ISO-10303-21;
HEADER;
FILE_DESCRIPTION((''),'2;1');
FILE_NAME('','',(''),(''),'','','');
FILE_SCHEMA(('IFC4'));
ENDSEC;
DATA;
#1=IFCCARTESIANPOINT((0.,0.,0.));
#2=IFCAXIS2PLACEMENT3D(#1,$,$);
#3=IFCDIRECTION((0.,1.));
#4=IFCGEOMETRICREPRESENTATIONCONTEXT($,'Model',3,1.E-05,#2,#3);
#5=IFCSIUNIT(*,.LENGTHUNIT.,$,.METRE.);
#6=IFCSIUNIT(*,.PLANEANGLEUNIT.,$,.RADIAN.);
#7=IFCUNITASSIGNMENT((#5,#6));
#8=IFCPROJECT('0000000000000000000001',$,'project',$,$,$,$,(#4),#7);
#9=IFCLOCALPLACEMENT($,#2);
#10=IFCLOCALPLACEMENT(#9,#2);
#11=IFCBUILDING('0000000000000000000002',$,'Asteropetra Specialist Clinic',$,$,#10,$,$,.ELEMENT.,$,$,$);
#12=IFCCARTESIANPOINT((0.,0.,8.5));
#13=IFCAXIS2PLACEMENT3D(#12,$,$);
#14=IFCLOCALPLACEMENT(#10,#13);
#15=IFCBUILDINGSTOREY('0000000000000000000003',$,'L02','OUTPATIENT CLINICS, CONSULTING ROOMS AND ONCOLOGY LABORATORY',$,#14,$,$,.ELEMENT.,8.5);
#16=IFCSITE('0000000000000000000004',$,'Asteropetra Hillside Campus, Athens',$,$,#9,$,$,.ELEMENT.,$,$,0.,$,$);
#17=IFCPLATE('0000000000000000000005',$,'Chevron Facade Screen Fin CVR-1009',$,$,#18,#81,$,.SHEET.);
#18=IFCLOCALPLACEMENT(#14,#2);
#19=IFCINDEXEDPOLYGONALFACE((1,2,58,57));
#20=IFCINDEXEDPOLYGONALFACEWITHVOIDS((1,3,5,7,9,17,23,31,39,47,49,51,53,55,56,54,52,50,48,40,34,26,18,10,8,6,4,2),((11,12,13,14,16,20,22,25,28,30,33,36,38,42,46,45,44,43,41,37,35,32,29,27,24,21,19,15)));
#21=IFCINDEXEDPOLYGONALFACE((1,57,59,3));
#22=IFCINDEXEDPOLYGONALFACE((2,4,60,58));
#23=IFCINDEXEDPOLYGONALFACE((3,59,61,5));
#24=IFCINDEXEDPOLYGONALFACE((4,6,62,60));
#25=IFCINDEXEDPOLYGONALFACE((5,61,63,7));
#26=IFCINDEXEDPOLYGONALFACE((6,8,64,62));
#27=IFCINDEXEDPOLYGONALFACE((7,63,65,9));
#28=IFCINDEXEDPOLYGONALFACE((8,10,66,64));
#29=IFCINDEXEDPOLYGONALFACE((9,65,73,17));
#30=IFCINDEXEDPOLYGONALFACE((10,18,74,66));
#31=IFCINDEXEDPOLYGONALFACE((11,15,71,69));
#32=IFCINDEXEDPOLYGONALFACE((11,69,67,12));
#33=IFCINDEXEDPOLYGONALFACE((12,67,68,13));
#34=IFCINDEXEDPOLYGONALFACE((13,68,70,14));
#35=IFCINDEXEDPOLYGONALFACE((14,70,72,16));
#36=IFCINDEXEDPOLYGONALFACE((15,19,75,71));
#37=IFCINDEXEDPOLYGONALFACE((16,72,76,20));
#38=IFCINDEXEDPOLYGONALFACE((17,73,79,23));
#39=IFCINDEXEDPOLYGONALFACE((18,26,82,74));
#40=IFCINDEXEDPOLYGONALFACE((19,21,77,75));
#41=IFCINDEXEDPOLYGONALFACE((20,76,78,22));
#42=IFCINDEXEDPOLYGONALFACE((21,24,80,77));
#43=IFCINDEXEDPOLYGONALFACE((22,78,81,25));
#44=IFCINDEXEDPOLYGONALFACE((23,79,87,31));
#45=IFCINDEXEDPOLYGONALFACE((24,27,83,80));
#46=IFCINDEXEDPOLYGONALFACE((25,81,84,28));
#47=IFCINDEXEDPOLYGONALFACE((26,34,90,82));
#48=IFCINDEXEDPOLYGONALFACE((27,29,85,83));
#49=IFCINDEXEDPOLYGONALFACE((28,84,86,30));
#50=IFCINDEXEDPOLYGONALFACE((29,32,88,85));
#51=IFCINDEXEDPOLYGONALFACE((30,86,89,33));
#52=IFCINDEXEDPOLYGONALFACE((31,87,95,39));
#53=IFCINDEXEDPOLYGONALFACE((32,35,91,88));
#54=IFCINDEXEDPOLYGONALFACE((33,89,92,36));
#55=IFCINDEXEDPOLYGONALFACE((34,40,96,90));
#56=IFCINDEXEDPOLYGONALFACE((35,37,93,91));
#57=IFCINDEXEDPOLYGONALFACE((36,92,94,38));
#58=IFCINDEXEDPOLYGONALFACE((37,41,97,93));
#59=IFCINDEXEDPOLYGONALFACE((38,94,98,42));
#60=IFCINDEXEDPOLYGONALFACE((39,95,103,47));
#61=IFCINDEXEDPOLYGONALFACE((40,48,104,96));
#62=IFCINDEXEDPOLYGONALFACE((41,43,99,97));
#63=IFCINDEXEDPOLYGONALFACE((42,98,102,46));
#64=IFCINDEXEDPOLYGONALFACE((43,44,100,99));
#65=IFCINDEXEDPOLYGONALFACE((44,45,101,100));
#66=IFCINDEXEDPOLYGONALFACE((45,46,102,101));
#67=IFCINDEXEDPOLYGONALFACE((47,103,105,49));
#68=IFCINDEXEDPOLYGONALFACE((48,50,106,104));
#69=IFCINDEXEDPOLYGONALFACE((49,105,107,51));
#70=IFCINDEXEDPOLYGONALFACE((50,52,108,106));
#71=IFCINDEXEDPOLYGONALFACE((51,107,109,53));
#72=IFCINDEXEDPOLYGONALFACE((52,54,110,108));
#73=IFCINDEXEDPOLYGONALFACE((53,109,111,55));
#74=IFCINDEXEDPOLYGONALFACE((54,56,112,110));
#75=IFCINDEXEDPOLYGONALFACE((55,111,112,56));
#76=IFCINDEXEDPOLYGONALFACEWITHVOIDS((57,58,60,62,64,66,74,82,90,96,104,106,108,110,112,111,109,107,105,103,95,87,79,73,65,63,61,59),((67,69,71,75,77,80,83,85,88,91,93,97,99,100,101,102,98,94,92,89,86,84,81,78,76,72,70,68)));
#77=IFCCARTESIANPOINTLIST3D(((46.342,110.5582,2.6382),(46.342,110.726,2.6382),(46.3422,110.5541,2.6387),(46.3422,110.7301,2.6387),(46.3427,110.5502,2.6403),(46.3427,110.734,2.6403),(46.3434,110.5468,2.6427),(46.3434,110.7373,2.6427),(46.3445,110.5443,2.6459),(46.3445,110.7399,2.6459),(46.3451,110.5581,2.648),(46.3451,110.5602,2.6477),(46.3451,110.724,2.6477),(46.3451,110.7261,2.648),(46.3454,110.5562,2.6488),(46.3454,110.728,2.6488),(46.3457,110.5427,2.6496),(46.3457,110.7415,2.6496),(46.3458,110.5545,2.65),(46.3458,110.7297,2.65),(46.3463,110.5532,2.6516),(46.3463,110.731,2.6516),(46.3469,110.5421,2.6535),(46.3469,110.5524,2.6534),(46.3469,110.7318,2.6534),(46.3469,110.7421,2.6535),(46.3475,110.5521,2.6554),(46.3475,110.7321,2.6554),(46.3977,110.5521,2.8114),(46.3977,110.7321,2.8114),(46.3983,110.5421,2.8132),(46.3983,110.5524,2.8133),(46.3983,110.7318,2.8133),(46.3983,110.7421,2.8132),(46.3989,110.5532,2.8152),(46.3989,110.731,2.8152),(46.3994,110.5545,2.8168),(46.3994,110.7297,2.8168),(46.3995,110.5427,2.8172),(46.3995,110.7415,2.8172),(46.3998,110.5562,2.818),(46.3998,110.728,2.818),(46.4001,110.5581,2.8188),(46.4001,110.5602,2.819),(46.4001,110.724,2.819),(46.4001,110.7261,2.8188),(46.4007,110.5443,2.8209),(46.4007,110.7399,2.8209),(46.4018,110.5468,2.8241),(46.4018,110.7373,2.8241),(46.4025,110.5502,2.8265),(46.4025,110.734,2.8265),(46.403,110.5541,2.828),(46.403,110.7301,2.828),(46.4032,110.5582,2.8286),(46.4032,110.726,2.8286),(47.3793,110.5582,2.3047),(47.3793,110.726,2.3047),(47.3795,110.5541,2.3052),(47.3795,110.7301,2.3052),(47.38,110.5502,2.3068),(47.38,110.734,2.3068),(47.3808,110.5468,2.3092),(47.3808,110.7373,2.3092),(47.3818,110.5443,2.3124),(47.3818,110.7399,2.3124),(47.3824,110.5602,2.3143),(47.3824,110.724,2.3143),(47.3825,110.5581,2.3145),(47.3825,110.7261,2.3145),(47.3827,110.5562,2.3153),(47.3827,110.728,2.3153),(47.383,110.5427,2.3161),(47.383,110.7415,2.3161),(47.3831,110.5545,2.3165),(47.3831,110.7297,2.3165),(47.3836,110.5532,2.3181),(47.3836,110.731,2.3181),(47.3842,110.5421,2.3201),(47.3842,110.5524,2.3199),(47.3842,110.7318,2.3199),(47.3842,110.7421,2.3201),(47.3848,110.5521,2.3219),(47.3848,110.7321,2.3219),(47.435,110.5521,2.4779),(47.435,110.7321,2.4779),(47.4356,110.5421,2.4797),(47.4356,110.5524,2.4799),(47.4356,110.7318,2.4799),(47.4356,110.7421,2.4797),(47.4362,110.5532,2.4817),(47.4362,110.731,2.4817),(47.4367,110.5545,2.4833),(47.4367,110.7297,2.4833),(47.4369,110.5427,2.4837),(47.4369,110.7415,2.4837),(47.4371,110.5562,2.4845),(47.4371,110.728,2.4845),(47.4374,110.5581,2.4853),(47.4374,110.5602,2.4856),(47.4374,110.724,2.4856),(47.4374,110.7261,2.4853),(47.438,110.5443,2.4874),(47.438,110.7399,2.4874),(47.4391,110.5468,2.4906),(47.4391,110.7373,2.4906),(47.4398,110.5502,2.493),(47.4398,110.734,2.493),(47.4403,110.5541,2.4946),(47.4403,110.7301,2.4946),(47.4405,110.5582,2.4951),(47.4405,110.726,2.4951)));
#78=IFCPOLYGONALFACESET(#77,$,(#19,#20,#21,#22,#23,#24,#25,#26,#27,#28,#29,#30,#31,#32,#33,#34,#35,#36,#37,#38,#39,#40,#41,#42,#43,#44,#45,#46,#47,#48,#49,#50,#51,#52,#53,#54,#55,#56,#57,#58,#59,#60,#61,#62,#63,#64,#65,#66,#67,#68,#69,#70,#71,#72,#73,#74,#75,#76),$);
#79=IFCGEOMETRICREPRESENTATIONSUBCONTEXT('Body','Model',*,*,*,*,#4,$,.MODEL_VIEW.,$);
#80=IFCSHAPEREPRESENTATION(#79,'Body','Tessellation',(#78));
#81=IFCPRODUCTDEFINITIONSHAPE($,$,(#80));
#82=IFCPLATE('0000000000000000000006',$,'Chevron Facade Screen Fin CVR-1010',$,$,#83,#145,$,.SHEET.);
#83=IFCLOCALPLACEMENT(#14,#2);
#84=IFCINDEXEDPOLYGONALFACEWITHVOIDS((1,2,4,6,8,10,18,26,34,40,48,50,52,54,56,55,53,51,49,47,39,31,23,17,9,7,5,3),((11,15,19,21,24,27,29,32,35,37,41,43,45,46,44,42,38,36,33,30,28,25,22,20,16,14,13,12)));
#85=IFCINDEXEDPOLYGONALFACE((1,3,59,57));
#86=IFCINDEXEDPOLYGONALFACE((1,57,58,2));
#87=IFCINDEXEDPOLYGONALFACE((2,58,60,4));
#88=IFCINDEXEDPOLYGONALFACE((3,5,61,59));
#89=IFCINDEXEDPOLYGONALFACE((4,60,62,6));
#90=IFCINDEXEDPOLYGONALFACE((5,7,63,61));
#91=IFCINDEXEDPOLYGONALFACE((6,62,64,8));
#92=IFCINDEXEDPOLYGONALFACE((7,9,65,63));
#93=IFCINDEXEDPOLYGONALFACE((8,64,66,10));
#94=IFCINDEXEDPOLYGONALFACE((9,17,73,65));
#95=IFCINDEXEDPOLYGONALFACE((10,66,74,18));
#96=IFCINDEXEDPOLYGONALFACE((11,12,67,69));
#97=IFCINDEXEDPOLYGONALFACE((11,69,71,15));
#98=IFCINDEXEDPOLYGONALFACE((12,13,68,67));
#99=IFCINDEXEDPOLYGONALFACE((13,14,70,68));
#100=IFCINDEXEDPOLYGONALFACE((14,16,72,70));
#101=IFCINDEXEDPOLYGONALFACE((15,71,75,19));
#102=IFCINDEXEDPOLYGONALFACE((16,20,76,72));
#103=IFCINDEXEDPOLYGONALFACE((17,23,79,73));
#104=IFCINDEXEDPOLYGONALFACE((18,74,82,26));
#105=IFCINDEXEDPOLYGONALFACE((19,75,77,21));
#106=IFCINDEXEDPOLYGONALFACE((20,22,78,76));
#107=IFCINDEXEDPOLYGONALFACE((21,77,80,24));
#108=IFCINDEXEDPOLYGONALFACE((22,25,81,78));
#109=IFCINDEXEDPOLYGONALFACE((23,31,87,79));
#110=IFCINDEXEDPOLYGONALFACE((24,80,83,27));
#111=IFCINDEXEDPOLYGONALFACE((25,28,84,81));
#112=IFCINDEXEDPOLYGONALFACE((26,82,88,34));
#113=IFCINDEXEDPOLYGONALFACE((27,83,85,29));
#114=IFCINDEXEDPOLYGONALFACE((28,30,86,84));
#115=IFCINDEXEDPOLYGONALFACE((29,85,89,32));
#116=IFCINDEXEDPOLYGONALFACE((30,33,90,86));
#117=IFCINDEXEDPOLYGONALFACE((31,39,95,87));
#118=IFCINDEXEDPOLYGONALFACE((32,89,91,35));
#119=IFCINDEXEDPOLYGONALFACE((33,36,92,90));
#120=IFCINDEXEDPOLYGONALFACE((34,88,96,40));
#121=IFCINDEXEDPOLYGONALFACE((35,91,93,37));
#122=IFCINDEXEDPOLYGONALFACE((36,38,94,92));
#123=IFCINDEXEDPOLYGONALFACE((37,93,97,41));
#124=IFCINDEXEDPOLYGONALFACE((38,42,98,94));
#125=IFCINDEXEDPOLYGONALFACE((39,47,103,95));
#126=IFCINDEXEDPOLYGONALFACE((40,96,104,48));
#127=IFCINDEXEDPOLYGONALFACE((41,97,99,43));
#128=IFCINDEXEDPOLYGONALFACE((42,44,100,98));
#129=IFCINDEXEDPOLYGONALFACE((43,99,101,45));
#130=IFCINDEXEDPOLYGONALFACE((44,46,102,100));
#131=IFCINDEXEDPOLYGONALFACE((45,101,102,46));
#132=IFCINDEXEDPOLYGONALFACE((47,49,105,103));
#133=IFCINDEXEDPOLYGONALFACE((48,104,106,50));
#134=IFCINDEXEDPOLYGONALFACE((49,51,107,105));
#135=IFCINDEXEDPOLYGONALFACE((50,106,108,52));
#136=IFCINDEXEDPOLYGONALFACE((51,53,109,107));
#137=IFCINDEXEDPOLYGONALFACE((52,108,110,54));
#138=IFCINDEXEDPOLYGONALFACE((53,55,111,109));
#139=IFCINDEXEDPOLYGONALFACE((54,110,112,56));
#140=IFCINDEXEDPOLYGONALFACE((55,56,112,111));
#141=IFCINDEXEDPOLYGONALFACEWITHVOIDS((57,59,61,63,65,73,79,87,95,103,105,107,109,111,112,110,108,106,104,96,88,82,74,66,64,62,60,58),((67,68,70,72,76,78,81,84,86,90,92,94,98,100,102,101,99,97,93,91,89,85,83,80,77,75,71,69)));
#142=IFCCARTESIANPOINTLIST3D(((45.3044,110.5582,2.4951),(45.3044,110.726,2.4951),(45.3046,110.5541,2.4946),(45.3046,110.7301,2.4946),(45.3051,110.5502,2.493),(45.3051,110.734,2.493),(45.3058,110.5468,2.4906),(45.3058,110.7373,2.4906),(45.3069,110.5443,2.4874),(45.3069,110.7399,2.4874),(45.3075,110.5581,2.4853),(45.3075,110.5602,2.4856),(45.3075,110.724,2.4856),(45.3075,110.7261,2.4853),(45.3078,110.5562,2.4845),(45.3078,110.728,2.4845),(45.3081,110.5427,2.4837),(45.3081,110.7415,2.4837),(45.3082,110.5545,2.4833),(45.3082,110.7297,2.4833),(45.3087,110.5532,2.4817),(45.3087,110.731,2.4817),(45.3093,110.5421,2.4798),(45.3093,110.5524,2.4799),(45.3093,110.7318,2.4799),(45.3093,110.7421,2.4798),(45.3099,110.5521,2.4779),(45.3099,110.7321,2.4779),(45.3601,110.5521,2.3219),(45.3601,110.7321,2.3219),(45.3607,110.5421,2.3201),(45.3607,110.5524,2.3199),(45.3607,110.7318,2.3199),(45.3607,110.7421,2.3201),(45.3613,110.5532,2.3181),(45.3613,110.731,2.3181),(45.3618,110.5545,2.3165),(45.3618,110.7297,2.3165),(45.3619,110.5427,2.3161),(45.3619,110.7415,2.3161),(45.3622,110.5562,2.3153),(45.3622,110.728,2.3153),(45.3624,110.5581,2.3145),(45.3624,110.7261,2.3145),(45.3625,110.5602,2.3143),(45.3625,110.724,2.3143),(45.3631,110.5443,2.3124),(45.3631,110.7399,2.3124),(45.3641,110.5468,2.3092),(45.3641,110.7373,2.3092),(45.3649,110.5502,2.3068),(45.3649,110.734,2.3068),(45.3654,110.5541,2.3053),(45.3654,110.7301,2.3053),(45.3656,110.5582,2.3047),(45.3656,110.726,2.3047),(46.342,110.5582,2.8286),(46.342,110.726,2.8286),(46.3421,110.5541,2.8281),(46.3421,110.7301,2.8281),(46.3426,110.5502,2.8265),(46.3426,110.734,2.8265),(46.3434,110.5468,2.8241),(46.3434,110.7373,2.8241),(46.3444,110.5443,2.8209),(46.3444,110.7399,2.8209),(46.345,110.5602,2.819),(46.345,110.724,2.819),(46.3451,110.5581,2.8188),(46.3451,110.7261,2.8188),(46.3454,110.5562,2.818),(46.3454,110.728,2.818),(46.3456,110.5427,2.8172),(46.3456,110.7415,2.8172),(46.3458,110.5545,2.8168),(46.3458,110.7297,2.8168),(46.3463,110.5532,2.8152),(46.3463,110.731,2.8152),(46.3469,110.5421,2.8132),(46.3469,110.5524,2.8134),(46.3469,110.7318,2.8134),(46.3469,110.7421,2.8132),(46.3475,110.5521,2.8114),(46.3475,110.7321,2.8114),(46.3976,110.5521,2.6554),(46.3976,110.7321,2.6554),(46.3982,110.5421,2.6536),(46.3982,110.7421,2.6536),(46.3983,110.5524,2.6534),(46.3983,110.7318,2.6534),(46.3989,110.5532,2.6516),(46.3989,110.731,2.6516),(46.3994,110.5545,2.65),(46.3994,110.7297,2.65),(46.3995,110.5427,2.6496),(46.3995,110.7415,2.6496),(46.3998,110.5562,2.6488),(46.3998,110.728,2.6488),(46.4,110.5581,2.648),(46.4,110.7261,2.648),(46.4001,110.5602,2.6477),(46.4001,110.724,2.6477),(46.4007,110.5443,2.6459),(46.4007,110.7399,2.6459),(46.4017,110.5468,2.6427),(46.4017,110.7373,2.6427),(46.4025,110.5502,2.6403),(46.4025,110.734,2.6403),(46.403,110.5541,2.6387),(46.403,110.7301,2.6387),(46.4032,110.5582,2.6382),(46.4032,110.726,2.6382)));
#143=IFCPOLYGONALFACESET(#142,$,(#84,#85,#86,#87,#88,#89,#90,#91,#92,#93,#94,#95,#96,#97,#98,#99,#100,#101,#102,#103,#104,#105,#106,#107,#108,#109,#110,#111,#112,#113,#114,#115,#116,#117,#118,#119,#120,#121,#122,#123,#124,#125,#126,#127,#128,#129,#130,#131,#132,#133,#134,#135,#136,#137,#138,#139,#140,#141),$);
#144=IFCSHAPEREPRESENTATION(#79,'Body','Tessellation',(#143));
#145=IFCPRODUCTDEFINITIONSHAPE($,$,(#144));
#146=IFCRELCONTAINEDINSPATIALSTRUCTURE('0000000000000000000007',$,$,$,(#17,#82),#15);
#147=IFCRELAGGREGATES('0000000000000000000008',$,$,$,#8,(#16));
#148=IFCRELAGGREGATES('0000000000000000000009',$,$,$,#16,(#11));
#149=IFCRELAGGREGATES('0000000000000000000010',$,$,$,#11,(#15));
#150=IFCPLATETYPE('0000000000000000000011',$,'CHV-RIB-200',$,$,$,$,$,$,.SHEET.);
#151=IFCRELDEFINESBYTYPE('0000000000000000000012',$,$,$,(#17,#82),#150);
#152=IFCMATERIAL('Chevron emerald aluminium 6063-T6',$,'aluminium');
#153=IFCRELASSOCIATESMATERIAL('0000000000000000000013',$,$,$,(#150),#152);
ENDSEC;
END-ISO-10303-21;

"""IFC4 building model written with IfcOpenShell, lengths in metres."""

from ifc_helpers import new_model, si_unit, direction, frame, origin, origin_2d, place, context, subcontext, project, spatial, hollow_rectangle, extrude, material, material_profile, profile_set, type_object, element, save


model = new_model("IFC4")

# Units and contexts
model_context = context("Model", 3, precision=1e-05, world=origin(), true_north=direction((0.0, 1.0)))
body_context = subcontext(model_context, "Body", "Model", "MODEL_VIEW")
ifc_project = project(units=[si_unit("LENGTHUNIT", "METRE"), si_unit("PLANEANGLEUNIT", "RADIAN")], contexts=[model_context])

# Site, building, storey
site_placement = place(None, origin())
site = spatial("IfcSite", under=ifc_project, at=site_placement, Name="Asteropetra Hillside Campus, Athens", CompositionType="ELEMENT", RefElevation=0.0)
building_placement = place(site_placement, origin())
building = spatial("IfcBuilding", under=site, at=building_placement, Name="Asteropetra Specialist Clinic", CompositionType="ELEMENT")
storey_placement = place(building_placement, frame((0.0, 0.0, 8.5)))
storey = spatial("IfcBuildingStorey", under=building, at=storey_placement, Name="L02", Description="OUTPATIENT CLINICS, CONSULTING ROOMS AND ONCOLOGY LABORATORY", CompositionType="ELEMENT", Elevation=8.5)

# Plates
ifc_material_1 = material(Name="Chevron emerald aluminium 6063-T6", Category="aluminium")
ifc_material_profile_1 = material_profile(ifc_material_1, hollow_rectangle(XDim=0.2, YDim=0.2, WallThickness=0.01, InnerFilletRadius=0.0081, OuterFilletRadius=0.0161, at=origin_2d()), Name="SHS 200x200x10.0")
ifc_profile_set_1 = profile_set([ifc_material_profile_1], Name="Chevron emerald aluminium 6063-T6")
plate_type_1 = type_object("IfcPlateType", Name="CHV-RIB-200", PredefinedType="SHEET", material=ifc_profile_set_1)
plate_1_placement = place(storey_placement, frame((47.4099, 110.6421, 2.3999), z_axis=(-0.952012, 0.0, 0.30606), x_axis=(0.0, -1.0, 0.0)))
element("IfcPlate", 1, at=plate_1_placement, inside=storey, type_object=plate_type_1, Name="Chevron Facade Screen Fin CVR-1009", PredefinedType="SHEET", context=body_context, shape_type="SweptSolid", body=[
    extrude(hollow_rectangle(XDim=0.2, YDim=0.2, WallThickness=0.01, InnerFilletRadius=0.0081, OuterFilletRadius=0.0161, at=origin_2d()), origin(), (0.0, 0.0, 1.0), 1.0896),
])
plate_2_placement = place(storey_placement, frame((46.3726, 110.6421, 2.7334), z_axis=(-0.952033, 0.0, -0.305995), x_axis=(0.0, -1.0, 0.0)))
element("IfcPlate", 2, at=plate_2_placement, inside=storey, type_object=plate_type_1, Name="Chevron Facade Screen Fin CVR-1010", PredefinedType="SHEET", context=body_context, shape_type="SweptSolid", body=[
    extrude(hollow_rectangle(XDim=0.2, YDim=0.2, WallThickness=0.01, InnerFilletRadius=0.0081, OuterFilletRadius=0.0161, at=origin_2d()), origin(), (0.0, 0.0, 1.0), 1.0898),
])

save(model, "model.ifc")
